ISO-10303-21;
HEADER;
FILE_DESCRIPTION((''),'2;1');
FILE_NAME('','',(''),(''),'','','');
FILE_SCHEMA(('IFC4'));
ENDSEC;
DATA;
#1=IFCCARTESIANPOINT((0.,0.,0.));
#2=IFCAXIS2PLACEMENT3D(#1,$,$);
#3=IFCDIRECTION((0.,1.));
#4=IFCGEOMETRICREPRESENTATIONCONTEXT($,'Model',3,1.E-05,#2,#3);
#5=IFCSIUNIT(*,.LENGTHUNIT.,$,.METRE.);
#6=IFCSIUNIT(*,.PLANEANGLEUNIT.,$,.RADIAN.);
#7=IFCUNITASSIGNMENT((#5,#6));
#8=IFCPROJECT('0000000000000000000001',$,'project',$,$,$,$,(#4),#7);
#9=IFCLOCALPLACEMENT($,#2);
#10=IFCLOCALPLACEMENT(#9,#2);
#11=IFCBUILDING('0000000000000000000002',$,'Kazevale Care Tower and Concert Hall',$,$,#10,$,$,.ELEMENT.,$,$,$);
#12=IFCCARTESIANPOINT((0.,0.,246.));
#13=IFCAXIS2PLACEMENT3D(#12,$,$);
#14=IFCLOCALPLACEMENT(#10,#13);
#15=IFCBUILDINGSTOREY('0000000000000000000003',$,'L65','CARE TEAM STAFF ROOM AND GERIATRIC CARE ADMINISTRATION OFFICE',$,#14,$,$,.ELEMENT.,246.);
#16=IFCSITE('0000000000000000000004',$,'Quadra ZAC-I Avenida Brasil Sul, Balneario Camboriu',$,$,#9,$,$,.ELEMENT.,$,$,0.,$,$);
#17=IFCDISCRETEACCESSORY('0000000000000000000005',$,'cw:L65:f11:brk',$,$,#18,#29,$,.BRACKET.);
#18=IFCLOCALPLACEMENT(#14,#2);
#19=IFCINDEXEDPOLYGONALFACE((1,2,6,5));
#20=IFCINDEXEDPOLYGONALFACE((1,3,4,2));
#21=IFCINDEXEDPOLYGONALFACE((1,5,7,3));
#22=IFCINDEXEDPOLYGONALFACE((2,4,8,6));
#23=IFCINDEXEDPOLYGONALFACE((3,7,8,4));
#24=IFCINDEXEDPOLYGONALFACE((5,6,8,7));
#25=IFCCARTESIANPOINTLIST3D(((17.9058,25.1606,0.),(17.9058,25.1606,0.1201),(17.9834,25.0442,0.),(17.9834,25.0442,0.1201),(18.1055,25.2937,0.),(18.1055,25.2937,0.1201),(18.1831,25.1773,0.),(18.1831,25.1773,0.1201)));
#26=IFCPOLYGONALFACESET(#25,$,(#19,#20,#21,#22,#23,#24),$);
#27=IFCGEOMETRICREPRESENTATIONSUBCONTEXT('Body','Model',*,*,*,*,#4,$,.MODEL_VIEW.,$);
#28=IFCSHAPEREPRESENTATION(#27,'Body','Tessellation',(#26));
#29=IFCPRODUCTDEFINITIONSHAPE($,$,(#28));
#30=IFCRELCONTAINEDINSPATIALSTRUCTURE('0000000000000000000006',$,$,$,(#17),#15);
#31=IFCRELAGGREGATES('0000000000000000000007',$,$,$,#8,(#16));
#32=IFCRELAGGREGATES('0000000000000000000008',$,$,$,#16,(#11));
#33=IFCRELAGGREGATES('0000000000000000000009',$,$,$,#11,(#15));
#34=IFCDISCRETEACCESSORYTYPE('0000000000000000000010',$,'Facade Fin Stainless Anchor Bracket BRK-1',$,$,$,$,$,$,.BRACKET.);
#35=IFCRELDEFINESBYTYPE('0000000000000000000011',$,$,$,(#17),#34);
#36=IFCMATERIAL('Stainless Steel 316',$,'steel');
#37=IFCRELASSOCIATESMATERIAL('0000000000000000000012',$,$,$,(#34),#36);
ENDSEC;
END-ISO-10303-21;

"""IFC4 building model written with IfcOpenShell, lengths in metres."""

from ifc_helpers import new_model, si_unit, direction, frame, origin, origin_2d, place, context, subcontext, project, spatial, rectangle, extrude, material, type_object, element, save


model = new_model("IFC4")

# Units and contexts
model_context = context("Model", 3, precision=1e-05, world=origin(), true_north=direction((0.0, 1.0)))
body_context = subcontext(model_context, "Body", "Model", "MODEL_VIEW")
ifc_project = project(units=[si_unit("LENGTHUNIT", "METRE"), si_unit("PLANEANGLEUNIT", "RADIAN")], contexts=[model_context])

# Site, building, storey
site_placement = place(None, origin())
site = spatial("IfcSite", under=ifc_project, at=site_placement, Name="Quadra ZAC-I Avenida Brasil Sul, Balneario Camboriu", CompositionType="ELEMENT", RefElevation=0.0)
building_placement = place(site_placement, origin())
building = spatial("IfcBuilding", under=site, at=building_placement, Name="Kazevale Care Tower and Concert Hall", CompositionType="ELEMENT")
storey_placement = place(building_placement, frame((0.0, 0.0, 246.0)))
storey = spatial("IfcBuildingStorey", under=building, at=storey_placement, Name="L65", Description="CARE TEAM STAFF ROOM AND GERIATRIC CARE ADMINISTRATION OFFICE", CompositionType="ELEMENT", Elevation=246.0)

# Shared definitions
ifc_material_1 = material(Name="Stainless Steel 316", Category="steel")

# Discrete accessory
discrete_accessory_type = type_object("IfcDiscreteAccessoryType", Name="Facade Fin Stainless Anchor Bracket BRK-1", PredefinedType="BRACKET", material=ifc_material_1)
discrete_accessory_placement = place(storey_placement, frame((18.0444, 25.1689, 0.0), z_axis=(0.0, 0.0, 1.0), x_axis=(-0.832148, -0.554554, 0.0)))
element("IfcDiscreteAccessory", 1, at=discrete_accessory_placement, inside=storey, type_object=discrete_accessory_type, Name="cw:L65:f11:brk", PredefinedType="BRACKET", context=body_context, shape_type="SweptSolid", body=[
    extrude(rectangle(XDim=0.24, YDim=0.1399, at=origin_2d()), origin(), (0.0, 0.0, 1.0), 0.1201),
])

save(model, "model.ifc")
